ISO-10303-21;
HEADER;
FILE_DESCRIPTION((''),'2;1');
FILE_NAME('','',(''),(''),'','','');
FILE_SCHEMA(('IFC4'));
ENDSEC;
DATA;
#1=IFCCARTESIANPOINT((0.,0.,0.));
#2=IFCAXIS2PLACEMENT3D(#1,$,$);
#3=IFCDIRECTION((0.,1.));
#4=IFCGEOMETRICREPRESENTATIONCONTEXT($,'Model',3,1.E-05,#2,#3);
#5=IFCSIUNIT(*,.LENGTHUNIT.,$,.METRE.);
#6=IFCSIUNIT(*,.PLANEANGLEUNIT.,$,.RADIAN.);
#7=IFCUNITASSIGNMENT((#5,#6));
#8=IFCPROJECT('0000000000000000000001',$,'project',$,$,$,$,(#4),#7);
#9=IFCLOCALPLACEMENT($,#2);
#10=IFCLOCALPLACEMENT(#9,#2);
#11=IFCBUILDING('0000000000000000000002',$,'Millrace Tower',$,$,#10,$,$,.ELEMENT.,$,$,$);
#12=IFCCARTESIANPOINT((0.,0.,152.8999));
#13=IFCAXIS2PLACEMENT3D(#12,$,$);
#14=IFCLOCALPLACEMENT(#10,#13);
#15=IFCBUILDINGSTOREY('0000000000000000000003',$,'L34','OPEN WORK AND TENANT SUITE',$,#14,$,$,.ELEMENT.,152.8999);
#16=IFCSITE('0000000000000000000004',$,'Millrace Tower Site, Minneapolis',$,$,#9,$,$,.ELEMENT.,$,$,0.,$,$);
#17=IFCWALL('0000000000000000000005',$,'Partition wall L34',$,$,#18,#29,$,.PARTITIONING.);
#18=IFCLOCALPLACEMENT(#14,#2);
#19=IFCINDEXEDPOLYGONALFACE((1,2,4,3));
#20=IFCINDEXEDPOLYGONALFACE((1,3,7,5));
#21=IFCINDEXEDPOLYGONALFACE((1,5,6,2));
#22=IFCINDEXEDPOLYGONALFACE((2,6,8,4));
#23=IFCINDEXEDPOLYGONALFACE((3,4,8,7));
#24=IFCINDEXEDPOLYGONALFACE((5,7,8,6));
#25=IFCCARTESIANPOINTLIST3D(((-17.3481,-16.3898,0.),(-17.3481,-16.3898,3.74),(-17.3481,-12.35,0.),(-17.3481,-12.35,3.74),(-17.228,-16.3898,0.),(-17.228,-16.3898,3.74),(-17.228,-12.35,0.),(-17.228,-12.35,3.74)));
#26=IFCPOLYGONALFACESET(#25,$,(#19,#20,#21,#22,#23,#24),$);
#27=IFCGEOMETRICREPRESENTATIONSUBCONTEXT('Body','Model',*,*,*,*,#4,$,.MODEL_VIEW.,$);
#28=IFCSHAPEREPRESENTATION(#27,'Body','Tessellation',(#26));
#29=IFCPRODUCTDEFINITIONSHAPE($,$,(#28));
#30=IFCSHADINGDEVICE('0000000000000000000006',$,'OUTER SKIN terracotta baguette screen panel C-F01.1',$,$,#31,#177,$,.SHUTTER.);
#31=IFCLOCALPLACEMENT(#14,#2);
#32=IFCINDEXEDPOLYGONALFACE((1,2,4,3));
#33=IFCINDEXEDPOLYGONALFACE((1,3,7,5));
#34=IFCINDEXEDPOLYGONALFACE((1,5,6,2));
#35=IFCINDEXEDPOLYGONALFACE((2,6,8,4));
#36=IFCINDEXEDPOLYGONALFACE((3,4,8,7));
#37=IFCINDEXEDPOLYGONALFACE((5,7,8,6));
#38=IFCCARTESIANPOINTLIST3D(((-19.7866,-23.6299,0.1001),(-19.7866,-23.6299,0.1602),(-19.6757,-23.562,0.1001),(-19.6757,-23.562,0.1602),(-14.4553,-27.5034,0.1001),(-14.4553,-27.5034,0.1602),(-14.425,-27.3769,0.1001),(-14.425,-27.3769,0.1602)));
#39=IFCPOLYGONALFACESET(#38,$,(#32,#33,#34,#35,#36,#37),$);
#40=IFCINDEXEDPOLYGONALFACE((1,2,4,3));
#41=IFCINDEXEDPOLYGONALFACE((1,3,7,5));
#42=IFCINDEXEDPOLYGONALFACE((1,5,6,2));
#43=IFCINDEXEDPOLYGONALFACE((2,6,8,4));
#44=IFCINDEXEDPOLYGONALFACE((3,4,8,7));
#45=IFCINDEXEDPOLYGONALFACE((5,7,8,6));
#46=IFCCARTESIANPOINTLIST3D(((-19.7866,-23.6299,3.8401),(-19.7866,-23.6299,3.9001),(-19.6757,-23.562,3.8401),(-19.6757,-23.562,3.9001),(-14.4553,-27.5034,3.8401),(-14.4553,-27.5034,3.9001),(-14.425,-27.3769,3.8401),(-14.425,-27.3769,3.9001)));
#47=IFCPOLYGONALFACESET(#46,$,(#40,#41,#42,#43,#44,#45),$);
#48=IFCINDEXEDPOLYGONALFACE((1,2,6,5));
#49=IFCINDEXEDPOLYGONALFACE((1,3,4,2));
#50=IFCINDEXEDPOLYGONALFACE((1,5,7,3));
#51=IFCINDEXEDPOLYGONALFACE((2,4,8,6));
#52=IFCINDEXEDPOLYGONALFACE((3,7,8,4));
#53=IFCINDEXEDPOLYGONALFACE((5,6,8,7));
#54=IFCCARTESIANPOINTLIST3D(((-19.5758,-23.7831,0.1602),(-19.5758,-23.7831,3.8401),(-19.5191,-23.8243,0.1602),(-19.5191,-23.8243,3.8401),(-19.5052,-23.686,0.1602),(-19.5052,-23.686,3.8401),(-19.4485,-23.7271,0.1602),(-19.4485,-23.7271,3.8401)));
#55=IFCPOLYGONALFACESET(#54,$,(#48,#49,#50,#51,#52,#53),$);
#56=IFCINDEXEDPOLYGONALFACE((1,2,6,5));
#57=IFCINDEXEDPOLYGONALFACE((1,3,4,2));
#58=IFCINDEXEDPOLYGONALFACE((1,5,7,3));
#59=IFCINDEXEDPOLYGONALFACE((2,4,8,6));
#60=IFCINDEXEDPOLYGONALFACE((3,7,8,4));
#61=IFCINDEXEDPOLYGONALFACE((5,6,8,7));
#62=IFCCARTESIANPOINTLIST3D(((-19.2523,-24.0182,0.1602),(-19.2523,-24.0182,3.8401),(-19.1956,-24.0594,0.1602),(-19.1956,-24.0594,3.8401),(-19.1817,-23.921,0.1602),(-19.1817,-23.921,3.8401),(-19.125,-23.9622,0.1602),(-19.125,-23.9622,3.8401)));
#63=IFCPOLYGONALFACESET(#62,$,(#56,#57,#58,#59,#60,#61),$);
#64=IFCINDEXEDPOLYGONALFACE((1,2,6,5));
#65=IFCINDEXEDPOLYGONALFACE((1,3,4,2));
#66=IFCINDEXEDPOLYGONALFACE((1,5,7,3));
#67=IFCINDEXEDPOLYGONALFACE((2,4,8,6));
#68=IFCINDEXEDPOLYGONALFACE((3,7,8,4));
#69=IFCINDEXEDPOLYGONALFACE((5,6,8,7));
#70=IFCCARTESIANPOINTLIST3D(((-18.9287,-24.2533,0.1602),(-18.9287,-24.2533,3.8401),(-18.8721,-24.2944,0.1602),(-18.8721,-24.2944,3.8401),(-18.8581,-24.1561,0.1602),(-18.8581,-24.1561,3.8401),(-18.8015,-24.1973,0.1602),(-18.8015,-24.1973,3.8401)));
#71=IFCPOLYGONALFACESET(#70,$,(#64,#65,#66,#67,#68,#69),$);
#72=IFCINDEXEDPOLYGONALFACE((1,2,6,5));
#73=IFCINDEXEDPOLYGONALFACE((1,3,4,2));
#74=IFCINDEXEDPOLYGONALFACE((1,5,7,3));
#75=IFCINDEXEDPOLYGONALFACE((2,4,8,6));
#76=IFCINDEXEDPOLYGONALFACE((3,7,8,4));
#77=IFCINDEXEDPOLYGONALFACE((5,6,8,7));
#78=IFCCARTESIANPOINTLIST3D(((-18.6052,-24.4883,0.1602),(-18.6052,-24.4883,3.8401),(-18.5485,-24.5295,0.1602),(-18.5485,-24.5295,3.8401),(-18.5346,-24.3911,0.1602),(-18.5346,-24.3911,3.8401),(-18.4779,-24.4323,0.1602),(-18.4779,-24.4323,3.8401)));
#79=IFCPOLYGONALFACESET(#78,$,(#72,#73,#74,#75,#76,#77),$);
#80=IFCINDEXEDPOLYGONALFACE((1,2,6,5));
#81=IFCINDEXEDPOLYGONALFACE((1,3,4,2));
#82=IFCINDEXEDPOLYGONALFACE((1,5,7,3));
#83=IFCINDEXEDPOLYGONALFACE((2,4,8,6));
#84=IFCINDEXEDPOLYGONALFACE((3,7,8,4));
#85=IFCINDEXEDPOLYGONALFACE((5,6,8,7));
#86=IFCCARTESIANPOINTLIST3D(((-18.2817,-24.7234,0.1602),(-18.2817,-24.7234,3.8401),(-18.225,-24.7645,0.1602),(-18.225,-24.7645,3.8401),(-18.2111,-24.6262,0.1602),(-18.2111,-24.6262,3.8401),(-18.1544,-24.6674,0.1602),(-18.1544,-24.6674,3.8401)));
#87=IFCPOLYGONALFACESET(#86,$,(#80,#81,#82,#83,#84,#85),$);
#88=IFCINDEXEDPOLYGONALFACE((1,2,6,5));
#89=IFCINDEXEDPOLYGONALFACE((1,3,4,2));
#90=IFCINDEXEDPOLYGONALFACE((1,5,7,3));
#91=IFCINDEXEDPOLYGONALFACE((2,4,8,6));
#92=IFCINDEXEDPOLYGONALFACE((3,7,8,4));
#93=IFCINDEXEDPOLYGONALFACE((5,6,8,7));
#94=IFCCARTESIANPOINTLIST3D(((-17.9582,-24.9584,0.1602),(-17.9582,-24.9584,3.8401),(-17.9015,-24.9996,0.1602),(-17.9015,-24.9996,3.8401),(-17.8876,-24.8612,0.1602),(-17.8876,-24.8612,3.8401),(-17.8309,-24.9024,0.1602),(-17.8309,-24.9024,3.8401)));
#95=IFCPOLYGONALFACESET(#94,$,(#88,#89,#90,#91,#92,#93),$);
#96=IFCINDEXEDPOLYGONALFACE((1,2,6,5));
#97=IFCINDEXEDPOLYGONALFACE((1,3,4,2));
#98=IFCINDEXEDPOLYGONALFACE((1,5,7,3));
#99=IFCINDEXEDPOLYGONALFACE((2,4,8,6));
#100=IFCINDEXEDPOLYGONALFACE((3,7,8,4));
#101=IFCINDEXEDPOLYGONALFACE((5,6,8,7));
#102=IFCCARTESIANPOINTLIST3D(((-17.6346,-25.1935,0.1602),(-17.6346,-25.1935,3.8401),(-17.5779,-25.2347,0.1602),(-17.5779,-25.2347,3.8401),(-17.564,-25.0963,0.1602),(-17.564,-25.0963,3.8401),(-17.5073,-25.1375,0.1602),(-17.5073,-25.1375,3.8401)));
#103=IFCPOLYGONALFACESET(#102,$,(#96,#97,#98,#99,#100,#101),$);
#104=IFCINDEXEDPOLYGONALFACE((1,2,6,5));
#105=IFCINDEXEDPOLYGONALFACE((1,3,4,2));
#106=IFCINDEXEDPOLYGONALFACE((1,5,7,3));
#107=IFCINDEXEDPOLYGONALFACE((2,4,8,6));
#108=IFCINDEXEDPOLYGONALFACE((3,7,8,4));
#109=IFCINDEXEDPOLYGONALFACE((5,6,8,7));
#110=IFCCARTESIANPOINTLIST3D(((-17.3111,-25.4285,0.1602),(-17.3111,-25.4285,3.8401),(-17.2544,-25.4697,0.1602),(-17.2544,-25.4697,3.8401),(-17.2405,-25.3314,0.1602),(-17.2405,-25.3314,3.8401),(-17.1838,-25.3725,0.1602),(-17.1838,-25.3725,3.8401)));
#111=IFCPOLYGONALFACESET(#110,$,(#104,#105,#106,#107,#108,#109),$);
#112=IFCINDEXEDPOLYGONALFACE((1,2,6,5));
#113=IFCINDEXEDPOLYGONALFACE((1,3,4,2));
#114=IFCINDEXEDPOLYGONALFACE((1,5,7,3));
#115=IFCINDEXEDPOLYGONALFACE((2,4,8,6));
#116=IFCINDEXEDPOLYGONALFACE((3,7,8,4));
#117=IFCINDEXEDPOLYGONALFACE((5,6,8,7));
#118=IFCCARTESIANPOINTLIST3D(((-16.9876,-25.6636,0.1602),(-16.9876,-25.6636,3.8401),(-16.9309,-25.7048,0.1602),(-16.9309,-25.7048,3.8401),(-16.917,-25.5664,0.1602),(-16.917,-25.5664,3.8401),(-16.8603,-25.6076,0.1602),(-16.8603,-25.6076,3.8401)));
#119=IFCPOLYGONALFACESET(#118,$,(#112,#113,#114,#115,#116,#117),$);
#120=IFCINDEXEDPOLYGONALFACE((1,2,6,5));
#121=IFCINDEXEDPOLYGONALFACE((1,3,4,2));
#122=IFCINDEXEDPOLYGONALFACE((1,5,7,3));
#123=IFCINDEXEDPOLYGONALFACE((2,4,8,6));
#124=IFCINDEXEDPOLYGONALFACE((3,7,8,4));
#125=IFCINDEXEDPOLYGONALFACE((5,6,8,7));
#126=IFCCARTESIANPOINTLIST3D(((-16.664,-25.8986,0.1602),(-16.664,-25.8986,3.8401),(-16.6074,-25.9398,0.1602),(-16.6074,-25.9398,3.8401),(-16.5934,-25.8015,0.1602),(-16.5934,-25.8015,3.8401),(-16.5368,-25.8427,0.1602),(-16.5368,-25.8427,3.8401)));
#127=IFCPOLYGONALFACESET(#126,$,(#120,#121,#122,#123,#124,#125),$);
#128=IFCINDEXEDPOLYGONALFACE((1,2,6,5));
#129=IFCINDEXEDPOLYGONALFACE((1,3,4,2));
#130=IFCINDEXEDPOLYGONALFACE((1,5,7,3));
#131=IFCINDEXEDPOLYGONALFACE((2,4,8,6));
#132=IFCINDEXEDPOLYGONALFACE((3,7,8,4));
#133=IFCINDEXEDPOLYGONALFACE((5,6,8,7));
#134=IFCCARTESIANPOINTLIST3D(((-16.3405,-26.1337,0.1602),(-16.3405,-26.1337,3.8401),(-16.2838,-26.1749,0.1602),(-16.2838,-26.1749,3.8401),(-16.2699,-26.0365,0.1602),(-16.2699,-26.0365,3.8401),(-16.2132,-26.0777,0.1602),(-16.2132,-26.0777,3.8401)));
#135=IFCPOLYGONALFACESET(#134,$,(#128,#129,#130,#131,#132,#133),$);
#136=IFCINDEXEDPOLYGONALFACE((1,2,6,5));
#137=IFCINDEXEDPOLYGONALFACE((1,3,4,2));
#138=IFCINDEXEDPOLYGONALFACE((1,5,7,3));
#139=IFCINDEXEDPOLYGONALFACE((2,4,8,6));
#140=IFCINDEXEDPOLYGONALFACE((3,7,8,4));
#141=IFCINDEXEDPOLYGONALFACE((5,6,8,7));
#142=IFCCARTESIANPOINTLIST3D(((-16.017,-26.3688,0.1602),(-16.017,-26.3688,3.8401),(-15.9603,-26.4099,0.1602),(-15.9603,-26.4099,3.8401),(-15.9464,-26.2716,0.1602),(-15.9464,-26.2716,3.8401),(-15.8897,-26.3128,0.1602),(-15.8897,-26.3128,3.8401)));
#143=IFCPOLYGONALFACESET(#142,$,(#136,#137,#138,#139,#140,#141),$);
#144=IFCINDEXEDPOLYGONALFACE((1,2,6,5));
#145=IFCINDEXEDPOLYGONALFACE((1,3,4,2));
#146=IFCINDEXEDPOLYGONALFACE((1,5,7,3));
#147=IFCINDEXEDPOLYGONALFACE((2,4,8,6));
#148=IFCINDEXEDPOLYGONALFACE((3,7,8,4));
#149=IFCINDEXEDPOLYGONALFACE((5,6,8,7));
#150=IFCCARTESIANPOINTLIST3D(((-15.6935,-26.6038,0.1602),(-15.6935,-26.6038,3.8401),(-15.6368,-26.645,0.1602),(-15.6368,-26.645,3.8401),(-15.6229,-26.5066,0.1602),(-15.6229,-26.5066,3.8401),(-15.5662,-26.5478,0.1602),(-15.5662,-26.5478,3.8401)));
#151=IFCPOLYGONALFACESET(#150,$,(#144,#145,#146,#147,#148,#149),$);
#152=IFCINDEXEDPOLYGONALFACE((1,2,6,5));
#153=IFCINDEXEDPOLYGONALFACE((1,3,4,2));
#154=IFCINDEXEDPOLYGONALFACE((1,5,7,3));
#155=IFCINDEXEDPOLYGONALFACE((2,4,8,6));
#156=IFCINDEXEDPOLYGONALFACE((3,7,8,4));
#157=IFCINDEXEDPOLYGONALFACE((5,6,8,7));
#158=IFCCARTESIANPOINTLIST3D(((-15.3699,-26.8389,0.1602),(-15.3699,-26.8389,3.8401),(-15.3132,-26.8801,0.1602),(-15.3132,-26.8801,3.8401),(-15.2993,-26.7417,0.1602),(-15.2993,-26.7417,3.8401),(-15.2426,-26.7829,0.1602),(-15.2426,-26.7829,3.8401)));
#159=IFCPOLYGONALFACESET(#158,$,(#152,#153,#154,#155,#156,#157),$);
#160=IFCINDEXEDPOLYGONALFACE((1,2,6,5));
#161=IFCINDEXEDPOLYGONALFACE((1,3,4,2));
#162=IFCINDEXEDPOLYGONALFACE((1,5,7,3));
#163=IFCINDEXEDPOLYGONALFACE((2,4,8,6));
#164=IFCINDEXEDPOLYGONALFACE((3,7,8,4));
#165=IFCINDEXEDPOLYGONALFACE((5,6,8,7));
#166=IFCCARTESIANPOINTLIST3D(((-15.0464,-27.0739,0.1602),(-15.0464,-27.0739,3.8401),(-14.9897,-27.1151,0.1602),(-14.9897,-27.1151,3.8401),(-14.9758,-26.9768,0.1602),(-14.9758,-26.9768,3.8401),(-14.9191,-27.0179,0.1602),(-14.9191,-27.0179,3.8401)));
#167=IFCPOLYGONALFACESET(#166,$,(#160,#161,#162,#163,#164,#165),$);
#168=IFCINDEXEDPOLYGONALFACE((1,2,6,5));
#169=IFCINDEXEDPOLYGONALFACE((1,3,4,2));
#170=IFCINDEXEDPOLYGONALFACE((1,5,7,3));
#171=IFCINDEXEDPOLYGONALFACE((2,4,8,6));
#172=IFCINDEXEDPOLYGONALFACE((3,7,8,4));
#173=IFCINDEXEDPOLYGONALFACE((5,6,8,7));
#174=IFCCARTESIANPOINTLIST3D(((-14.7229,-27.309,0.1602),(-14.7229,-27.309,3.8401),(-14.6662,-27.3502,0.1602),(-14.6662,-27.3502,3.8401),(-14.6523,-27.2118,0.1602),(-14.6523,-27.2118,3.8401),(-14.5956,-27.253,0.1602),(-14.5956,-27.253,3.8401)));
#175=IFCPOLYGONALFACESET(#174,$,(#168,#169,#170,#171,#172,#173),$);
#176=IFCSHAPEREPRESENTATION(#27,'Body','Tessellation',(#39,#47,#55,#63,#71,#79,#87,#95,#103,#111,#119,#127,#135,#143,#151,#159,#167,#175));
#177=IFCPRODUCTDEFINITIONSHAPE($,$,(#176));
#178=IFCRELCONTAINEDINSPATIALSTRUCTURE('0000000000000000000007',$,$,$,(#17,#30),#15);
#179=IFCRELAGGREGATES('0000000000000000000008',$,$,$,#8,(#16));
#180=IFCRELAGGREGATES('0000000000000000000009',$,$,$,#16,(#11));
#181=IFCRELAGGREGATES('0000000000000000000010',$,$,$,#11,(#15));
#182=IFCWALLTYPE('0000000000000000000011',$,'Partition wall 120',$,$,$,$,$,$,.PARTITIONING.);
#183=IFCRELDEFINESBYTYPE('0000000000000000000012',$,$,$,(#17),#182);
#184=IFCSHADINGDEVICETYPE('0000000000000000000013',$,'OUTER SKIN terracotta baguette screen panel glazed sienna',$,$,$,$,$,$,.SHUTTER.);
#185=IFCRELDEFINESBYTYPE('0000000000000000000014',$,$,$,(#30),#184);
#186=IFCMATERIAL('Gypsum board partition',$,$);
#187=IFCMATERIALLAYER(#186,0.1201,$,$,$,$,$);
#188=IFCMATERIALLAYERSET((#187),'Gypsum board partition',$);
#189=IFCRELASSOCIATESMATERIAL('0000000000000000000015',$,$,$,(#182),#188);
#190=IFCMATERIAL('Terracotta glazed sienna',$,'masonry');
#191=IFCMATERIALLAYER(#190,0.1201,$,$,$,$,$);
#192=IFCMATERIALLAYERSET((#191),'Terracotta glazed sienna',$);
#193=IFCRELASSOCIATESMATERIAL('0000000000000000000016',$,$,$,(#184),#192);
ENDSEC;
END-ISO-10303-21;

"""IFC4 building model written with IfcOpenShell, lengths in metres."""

from ifc_helpers import new_model, entity, si_unit, direction, frame, frame_2d, origin, place, context, subcontext, project, spatial, rectangle, extrude, source, transform, mapped, material, layer, layer_set, type_object, element, save


model = new_model("IFC4")

# Units and contexts
model_context = context("Model", 3, precision=1e-05, world=origin(), true_north=direction((0.0, 1.0)))
body_context = subcontext(model_context, "Body", "Model", "MODEL_VIEW")
ifc_project = project(units=[si_unit("LENGTHUNIT", "METRE"), si_unit("PLANEANGLEUNIT", "RADIAN")], contexts=[model_context])

# Site, building, storey
site_placement = place(None, origin())
site = spatial("IfcSite", under=ifc_project, at=site_placement, Name="Millrace Tower Site, Minneapolis", CompositionType="ELEMENT", RefElevation=0.0)
building_placement = place(site_placement, origin())
building = spatial("IfcBuilding", under=site, at=building_placement, Name="Millrace Tower", CompositionType="ELEMENT")
storey_placement = place(building_placement, frame((0.0, 0.0, 152.8999)))
storey = spatial("IfcBuildingStorey", under=building, at=storey_placement, Name="L34", Description="OPEN WORK AND TENANT SUITE", CompositionType="ELEMENT", Elevation=152.8999)

# Wall
ifc_material_1 = material(Name="Gypsum board partition")
ifc_layer_1 = layer(ifc_material_1, 0.1201)
ifc_layer_set_1 = layer_set([ifc_layer_1], Name="Gypsum board partition")
wall_type_1 = type_object("IfcWallType", Name="Partition wall 120", PredefinedType="PARTITIONING", material=ifc_layer_set_1)
wall_1_placement = place(storey_placement, frame((-17.2881, -16.3899, 0.0), z_axis=(0.0, 0.0, 1.0), x_axis=(0.0, 1.0, 0.0)))
element("IfcWall", 1, at=wall_1_placement, inside=storey, type_object=wall_type_1, Name="Partition wall L34", PredefinedType="PARTITIONING", context=body_context, shape_type="SweptSolid", body=[
    extrude(rectangle(XDim=4.0398, YDim=0.1201, at=frame_2d((2.02, 0.0))), origin(), (0.0, 0.0, 1.0), 3.74),
])

# Shading device
ifc_material_2 = material(Name="Terracotta glazed sienna", Category="masonry")
ifc_layer_2 = layer(ifc_material_2, 0.1201)
ifc_layer_set_2 = layer_set([ifc_layer_2], Name="Terracotta glazed sienna")
shading_device_type = type_object("IfcShadingDeviceType", Name="OUTER SKIN terracotta baguette screen panel glazed sienna", PredefinedType="SHUTTER", material=ifc_layer_set_2)
cartesian_point_1 = entity("IfcCartesianPoint", [-3.2451, 0.0601])
shared_polyline_1 = entity("IfcPolyline", [cartesian_point_1, entity("IfcCartesianPoint", [3.2451, 0.0601]), entity("IfcCartesianPoint", [3.2949, -0.0601]), entity("IfcCartesianPoint", [-3.2949, -0.0601]), cartesian_point_1])
shared_shape_1 = source(origin(), body_context, "Body", "SweptSolid", [
    entity("IfcExtrudedAreaSolid", entity("IfcArbitraryClosedProfileDef", "AREA", None, shared_polyline_1), entity("IfcAxis2Placement3D", entity("IfcCartesianPoint", [0.0, 0.0, 0.0])), entity("IfcDirection", [0.0, 0.0, 1.0]), 0.0601),
    entity("IfcExtrudedAreaSolid", entity("IfcArbitraryClosedProfileDef", "AREA", None, shared_polyline_1), entity("IfcAxis2Placement3D", entity("IfcCartesianPoint", [0.0, 0.0, 3.74])), entity("IfcDirection", [0.0, 0.0, 1.0]), 0.0601),
    extrude(rectangle(XDim=0.0701, YDim=0.1201, at=frame_2d((-2.9993, 0.0))), frame((0.0, 0.0, 0.0601)), (0.0, 0.0, 1.0), 3.6799),
    extrude(rectangle(XDim=0.0701, YDim=0.1201, at=frame_2d((-2.5994, 0.0))), frame((0.0, 0.0, 0.0601)), (0.0, 0.0, 1.0), 3.6799),
    extrude(rectangle(XDim=0.0701, YDim=0.1201, at=frame_2d((-2.1995, 0.0))), frame((0.0, 0.0, 0.0601)), (0.0, 0.0, 1.0), 3.6799),
    extrude(rectangle(XDim=0.0701, YDim=0.1201, at=frame_2d((-1.7996, 0.0))), frame((0.0, 0.0, 0.0601)), (0.0, 0.0, 1.0), 3.6799),
    extrude(rectangle(XDim=0.0701, YDim=0.1201, at=frame_2d((-1.3997, 0.0))), frame((0.0, 0.0, 0.0601)), (0.0, 0.0, 1.0), 3.6799),
    extrude(rectangle(XDim=0.0701, YDim=0.1201, at=frame_2d((-0.9998, 0.0))), frame((0.0, 0.0, 0.0601)), (0.0, 0.0, 1.0), 3.6799),
    extrude(rectangle(XDim=0.0701, YDim=0.1201, at=frame_2d((-0.5999, 0.0))), frame((0.0, 0.0, 0.0601)), (0.0, 0.0, 1.0), 3.6799),
    extrude(rectangle(XDim=0.0701, YDim=0.1201, at=frame_2d((-0.2, 0.0))), frame((0.0, 0.0, 0.0601)), (0.0, 0.0, 1.0), 3.6799),
    extrude(rectangle(XDim=0.0701, YDim=0.1201, at=frame_2d((0.2, 0.0))), frame((0.0, 0.0, 0.0601)), (0.0, 0.0, 1.0), 3.6799),
    extrude(rectangle(XDim=0.0701, YDim=0.1201, at=frame_2d((0.5999, 0.0))), frame((0.0, 0.0, 0.0601)), (0.0, 0.0, 1.0), 3.6799),
    extrude(rectangle(XDim=0.0701, YDim=0.1201, at=frame_2d((0.9998, 0.0))), frame((0.0, 0.0, 0.0601)), (0.0, 0.0, 1.0), 3.6799),
    extrude(rectangle(XDim=0.0701, YDim=0.1201, at=frame_2d((1.3997, 0.0))), frame((0.0, 0.0, 0.0601)), (0.0, 0.0, 1.0), 3.6799),
    extrude(rectangle(XDim=0.0701, YDim=0.1201, at=frame_2d((1.7996, 0.0))), frame((0.0, 0.0, 0.0601)), (0.0, 0.0, 1.0), 3.6799),
    extrude(rectangle(XDim=0.0701, YDim=0.1201, at=frame_2d((2.1995, 0.0))), frame((0.0, 0.0, 0.0601)), (0.0, 0.0, 1.0), 3.6799),
    extrude(rectangle(XDim=0.0701, YDim=0.1201, at=frame_2d((2.5994, 0.0))), frame((0.0, 0.0, 0.0601)), (0.0, 0.0, 1.0), 3.6799),
    extrude(rectangle(XDim=0.0701, YDim=0.1201, at=frame_2d((2.9993, 0.0))), frame((0.0, 0.0, 0.0601)), (0.0, 0.0, 1.0), 3.6799),
])
shading_device_1_placement = place(storey_placement, frame((-17.0857, -25.5181, 0.1001), z_axis=(0.0, 0.0, 1.0), x_axis=(0.809017, -0.587785, 0.0)))
element("IfcShadingDevice", 2, at=shading_device_1_placement, inside=storey, type_object=shading_device_type, Name="OUTER SKIN terracotta baguette screen panel C-F01.1", PredefinedType="SHUTTER", context=body_context, shape_type="MappedRepresentation", body=[
    mapped(shared_shape_1, transform((0.0, 0.0, 0.0), scale=1.0)),
])

save(model, "model.ifc")
